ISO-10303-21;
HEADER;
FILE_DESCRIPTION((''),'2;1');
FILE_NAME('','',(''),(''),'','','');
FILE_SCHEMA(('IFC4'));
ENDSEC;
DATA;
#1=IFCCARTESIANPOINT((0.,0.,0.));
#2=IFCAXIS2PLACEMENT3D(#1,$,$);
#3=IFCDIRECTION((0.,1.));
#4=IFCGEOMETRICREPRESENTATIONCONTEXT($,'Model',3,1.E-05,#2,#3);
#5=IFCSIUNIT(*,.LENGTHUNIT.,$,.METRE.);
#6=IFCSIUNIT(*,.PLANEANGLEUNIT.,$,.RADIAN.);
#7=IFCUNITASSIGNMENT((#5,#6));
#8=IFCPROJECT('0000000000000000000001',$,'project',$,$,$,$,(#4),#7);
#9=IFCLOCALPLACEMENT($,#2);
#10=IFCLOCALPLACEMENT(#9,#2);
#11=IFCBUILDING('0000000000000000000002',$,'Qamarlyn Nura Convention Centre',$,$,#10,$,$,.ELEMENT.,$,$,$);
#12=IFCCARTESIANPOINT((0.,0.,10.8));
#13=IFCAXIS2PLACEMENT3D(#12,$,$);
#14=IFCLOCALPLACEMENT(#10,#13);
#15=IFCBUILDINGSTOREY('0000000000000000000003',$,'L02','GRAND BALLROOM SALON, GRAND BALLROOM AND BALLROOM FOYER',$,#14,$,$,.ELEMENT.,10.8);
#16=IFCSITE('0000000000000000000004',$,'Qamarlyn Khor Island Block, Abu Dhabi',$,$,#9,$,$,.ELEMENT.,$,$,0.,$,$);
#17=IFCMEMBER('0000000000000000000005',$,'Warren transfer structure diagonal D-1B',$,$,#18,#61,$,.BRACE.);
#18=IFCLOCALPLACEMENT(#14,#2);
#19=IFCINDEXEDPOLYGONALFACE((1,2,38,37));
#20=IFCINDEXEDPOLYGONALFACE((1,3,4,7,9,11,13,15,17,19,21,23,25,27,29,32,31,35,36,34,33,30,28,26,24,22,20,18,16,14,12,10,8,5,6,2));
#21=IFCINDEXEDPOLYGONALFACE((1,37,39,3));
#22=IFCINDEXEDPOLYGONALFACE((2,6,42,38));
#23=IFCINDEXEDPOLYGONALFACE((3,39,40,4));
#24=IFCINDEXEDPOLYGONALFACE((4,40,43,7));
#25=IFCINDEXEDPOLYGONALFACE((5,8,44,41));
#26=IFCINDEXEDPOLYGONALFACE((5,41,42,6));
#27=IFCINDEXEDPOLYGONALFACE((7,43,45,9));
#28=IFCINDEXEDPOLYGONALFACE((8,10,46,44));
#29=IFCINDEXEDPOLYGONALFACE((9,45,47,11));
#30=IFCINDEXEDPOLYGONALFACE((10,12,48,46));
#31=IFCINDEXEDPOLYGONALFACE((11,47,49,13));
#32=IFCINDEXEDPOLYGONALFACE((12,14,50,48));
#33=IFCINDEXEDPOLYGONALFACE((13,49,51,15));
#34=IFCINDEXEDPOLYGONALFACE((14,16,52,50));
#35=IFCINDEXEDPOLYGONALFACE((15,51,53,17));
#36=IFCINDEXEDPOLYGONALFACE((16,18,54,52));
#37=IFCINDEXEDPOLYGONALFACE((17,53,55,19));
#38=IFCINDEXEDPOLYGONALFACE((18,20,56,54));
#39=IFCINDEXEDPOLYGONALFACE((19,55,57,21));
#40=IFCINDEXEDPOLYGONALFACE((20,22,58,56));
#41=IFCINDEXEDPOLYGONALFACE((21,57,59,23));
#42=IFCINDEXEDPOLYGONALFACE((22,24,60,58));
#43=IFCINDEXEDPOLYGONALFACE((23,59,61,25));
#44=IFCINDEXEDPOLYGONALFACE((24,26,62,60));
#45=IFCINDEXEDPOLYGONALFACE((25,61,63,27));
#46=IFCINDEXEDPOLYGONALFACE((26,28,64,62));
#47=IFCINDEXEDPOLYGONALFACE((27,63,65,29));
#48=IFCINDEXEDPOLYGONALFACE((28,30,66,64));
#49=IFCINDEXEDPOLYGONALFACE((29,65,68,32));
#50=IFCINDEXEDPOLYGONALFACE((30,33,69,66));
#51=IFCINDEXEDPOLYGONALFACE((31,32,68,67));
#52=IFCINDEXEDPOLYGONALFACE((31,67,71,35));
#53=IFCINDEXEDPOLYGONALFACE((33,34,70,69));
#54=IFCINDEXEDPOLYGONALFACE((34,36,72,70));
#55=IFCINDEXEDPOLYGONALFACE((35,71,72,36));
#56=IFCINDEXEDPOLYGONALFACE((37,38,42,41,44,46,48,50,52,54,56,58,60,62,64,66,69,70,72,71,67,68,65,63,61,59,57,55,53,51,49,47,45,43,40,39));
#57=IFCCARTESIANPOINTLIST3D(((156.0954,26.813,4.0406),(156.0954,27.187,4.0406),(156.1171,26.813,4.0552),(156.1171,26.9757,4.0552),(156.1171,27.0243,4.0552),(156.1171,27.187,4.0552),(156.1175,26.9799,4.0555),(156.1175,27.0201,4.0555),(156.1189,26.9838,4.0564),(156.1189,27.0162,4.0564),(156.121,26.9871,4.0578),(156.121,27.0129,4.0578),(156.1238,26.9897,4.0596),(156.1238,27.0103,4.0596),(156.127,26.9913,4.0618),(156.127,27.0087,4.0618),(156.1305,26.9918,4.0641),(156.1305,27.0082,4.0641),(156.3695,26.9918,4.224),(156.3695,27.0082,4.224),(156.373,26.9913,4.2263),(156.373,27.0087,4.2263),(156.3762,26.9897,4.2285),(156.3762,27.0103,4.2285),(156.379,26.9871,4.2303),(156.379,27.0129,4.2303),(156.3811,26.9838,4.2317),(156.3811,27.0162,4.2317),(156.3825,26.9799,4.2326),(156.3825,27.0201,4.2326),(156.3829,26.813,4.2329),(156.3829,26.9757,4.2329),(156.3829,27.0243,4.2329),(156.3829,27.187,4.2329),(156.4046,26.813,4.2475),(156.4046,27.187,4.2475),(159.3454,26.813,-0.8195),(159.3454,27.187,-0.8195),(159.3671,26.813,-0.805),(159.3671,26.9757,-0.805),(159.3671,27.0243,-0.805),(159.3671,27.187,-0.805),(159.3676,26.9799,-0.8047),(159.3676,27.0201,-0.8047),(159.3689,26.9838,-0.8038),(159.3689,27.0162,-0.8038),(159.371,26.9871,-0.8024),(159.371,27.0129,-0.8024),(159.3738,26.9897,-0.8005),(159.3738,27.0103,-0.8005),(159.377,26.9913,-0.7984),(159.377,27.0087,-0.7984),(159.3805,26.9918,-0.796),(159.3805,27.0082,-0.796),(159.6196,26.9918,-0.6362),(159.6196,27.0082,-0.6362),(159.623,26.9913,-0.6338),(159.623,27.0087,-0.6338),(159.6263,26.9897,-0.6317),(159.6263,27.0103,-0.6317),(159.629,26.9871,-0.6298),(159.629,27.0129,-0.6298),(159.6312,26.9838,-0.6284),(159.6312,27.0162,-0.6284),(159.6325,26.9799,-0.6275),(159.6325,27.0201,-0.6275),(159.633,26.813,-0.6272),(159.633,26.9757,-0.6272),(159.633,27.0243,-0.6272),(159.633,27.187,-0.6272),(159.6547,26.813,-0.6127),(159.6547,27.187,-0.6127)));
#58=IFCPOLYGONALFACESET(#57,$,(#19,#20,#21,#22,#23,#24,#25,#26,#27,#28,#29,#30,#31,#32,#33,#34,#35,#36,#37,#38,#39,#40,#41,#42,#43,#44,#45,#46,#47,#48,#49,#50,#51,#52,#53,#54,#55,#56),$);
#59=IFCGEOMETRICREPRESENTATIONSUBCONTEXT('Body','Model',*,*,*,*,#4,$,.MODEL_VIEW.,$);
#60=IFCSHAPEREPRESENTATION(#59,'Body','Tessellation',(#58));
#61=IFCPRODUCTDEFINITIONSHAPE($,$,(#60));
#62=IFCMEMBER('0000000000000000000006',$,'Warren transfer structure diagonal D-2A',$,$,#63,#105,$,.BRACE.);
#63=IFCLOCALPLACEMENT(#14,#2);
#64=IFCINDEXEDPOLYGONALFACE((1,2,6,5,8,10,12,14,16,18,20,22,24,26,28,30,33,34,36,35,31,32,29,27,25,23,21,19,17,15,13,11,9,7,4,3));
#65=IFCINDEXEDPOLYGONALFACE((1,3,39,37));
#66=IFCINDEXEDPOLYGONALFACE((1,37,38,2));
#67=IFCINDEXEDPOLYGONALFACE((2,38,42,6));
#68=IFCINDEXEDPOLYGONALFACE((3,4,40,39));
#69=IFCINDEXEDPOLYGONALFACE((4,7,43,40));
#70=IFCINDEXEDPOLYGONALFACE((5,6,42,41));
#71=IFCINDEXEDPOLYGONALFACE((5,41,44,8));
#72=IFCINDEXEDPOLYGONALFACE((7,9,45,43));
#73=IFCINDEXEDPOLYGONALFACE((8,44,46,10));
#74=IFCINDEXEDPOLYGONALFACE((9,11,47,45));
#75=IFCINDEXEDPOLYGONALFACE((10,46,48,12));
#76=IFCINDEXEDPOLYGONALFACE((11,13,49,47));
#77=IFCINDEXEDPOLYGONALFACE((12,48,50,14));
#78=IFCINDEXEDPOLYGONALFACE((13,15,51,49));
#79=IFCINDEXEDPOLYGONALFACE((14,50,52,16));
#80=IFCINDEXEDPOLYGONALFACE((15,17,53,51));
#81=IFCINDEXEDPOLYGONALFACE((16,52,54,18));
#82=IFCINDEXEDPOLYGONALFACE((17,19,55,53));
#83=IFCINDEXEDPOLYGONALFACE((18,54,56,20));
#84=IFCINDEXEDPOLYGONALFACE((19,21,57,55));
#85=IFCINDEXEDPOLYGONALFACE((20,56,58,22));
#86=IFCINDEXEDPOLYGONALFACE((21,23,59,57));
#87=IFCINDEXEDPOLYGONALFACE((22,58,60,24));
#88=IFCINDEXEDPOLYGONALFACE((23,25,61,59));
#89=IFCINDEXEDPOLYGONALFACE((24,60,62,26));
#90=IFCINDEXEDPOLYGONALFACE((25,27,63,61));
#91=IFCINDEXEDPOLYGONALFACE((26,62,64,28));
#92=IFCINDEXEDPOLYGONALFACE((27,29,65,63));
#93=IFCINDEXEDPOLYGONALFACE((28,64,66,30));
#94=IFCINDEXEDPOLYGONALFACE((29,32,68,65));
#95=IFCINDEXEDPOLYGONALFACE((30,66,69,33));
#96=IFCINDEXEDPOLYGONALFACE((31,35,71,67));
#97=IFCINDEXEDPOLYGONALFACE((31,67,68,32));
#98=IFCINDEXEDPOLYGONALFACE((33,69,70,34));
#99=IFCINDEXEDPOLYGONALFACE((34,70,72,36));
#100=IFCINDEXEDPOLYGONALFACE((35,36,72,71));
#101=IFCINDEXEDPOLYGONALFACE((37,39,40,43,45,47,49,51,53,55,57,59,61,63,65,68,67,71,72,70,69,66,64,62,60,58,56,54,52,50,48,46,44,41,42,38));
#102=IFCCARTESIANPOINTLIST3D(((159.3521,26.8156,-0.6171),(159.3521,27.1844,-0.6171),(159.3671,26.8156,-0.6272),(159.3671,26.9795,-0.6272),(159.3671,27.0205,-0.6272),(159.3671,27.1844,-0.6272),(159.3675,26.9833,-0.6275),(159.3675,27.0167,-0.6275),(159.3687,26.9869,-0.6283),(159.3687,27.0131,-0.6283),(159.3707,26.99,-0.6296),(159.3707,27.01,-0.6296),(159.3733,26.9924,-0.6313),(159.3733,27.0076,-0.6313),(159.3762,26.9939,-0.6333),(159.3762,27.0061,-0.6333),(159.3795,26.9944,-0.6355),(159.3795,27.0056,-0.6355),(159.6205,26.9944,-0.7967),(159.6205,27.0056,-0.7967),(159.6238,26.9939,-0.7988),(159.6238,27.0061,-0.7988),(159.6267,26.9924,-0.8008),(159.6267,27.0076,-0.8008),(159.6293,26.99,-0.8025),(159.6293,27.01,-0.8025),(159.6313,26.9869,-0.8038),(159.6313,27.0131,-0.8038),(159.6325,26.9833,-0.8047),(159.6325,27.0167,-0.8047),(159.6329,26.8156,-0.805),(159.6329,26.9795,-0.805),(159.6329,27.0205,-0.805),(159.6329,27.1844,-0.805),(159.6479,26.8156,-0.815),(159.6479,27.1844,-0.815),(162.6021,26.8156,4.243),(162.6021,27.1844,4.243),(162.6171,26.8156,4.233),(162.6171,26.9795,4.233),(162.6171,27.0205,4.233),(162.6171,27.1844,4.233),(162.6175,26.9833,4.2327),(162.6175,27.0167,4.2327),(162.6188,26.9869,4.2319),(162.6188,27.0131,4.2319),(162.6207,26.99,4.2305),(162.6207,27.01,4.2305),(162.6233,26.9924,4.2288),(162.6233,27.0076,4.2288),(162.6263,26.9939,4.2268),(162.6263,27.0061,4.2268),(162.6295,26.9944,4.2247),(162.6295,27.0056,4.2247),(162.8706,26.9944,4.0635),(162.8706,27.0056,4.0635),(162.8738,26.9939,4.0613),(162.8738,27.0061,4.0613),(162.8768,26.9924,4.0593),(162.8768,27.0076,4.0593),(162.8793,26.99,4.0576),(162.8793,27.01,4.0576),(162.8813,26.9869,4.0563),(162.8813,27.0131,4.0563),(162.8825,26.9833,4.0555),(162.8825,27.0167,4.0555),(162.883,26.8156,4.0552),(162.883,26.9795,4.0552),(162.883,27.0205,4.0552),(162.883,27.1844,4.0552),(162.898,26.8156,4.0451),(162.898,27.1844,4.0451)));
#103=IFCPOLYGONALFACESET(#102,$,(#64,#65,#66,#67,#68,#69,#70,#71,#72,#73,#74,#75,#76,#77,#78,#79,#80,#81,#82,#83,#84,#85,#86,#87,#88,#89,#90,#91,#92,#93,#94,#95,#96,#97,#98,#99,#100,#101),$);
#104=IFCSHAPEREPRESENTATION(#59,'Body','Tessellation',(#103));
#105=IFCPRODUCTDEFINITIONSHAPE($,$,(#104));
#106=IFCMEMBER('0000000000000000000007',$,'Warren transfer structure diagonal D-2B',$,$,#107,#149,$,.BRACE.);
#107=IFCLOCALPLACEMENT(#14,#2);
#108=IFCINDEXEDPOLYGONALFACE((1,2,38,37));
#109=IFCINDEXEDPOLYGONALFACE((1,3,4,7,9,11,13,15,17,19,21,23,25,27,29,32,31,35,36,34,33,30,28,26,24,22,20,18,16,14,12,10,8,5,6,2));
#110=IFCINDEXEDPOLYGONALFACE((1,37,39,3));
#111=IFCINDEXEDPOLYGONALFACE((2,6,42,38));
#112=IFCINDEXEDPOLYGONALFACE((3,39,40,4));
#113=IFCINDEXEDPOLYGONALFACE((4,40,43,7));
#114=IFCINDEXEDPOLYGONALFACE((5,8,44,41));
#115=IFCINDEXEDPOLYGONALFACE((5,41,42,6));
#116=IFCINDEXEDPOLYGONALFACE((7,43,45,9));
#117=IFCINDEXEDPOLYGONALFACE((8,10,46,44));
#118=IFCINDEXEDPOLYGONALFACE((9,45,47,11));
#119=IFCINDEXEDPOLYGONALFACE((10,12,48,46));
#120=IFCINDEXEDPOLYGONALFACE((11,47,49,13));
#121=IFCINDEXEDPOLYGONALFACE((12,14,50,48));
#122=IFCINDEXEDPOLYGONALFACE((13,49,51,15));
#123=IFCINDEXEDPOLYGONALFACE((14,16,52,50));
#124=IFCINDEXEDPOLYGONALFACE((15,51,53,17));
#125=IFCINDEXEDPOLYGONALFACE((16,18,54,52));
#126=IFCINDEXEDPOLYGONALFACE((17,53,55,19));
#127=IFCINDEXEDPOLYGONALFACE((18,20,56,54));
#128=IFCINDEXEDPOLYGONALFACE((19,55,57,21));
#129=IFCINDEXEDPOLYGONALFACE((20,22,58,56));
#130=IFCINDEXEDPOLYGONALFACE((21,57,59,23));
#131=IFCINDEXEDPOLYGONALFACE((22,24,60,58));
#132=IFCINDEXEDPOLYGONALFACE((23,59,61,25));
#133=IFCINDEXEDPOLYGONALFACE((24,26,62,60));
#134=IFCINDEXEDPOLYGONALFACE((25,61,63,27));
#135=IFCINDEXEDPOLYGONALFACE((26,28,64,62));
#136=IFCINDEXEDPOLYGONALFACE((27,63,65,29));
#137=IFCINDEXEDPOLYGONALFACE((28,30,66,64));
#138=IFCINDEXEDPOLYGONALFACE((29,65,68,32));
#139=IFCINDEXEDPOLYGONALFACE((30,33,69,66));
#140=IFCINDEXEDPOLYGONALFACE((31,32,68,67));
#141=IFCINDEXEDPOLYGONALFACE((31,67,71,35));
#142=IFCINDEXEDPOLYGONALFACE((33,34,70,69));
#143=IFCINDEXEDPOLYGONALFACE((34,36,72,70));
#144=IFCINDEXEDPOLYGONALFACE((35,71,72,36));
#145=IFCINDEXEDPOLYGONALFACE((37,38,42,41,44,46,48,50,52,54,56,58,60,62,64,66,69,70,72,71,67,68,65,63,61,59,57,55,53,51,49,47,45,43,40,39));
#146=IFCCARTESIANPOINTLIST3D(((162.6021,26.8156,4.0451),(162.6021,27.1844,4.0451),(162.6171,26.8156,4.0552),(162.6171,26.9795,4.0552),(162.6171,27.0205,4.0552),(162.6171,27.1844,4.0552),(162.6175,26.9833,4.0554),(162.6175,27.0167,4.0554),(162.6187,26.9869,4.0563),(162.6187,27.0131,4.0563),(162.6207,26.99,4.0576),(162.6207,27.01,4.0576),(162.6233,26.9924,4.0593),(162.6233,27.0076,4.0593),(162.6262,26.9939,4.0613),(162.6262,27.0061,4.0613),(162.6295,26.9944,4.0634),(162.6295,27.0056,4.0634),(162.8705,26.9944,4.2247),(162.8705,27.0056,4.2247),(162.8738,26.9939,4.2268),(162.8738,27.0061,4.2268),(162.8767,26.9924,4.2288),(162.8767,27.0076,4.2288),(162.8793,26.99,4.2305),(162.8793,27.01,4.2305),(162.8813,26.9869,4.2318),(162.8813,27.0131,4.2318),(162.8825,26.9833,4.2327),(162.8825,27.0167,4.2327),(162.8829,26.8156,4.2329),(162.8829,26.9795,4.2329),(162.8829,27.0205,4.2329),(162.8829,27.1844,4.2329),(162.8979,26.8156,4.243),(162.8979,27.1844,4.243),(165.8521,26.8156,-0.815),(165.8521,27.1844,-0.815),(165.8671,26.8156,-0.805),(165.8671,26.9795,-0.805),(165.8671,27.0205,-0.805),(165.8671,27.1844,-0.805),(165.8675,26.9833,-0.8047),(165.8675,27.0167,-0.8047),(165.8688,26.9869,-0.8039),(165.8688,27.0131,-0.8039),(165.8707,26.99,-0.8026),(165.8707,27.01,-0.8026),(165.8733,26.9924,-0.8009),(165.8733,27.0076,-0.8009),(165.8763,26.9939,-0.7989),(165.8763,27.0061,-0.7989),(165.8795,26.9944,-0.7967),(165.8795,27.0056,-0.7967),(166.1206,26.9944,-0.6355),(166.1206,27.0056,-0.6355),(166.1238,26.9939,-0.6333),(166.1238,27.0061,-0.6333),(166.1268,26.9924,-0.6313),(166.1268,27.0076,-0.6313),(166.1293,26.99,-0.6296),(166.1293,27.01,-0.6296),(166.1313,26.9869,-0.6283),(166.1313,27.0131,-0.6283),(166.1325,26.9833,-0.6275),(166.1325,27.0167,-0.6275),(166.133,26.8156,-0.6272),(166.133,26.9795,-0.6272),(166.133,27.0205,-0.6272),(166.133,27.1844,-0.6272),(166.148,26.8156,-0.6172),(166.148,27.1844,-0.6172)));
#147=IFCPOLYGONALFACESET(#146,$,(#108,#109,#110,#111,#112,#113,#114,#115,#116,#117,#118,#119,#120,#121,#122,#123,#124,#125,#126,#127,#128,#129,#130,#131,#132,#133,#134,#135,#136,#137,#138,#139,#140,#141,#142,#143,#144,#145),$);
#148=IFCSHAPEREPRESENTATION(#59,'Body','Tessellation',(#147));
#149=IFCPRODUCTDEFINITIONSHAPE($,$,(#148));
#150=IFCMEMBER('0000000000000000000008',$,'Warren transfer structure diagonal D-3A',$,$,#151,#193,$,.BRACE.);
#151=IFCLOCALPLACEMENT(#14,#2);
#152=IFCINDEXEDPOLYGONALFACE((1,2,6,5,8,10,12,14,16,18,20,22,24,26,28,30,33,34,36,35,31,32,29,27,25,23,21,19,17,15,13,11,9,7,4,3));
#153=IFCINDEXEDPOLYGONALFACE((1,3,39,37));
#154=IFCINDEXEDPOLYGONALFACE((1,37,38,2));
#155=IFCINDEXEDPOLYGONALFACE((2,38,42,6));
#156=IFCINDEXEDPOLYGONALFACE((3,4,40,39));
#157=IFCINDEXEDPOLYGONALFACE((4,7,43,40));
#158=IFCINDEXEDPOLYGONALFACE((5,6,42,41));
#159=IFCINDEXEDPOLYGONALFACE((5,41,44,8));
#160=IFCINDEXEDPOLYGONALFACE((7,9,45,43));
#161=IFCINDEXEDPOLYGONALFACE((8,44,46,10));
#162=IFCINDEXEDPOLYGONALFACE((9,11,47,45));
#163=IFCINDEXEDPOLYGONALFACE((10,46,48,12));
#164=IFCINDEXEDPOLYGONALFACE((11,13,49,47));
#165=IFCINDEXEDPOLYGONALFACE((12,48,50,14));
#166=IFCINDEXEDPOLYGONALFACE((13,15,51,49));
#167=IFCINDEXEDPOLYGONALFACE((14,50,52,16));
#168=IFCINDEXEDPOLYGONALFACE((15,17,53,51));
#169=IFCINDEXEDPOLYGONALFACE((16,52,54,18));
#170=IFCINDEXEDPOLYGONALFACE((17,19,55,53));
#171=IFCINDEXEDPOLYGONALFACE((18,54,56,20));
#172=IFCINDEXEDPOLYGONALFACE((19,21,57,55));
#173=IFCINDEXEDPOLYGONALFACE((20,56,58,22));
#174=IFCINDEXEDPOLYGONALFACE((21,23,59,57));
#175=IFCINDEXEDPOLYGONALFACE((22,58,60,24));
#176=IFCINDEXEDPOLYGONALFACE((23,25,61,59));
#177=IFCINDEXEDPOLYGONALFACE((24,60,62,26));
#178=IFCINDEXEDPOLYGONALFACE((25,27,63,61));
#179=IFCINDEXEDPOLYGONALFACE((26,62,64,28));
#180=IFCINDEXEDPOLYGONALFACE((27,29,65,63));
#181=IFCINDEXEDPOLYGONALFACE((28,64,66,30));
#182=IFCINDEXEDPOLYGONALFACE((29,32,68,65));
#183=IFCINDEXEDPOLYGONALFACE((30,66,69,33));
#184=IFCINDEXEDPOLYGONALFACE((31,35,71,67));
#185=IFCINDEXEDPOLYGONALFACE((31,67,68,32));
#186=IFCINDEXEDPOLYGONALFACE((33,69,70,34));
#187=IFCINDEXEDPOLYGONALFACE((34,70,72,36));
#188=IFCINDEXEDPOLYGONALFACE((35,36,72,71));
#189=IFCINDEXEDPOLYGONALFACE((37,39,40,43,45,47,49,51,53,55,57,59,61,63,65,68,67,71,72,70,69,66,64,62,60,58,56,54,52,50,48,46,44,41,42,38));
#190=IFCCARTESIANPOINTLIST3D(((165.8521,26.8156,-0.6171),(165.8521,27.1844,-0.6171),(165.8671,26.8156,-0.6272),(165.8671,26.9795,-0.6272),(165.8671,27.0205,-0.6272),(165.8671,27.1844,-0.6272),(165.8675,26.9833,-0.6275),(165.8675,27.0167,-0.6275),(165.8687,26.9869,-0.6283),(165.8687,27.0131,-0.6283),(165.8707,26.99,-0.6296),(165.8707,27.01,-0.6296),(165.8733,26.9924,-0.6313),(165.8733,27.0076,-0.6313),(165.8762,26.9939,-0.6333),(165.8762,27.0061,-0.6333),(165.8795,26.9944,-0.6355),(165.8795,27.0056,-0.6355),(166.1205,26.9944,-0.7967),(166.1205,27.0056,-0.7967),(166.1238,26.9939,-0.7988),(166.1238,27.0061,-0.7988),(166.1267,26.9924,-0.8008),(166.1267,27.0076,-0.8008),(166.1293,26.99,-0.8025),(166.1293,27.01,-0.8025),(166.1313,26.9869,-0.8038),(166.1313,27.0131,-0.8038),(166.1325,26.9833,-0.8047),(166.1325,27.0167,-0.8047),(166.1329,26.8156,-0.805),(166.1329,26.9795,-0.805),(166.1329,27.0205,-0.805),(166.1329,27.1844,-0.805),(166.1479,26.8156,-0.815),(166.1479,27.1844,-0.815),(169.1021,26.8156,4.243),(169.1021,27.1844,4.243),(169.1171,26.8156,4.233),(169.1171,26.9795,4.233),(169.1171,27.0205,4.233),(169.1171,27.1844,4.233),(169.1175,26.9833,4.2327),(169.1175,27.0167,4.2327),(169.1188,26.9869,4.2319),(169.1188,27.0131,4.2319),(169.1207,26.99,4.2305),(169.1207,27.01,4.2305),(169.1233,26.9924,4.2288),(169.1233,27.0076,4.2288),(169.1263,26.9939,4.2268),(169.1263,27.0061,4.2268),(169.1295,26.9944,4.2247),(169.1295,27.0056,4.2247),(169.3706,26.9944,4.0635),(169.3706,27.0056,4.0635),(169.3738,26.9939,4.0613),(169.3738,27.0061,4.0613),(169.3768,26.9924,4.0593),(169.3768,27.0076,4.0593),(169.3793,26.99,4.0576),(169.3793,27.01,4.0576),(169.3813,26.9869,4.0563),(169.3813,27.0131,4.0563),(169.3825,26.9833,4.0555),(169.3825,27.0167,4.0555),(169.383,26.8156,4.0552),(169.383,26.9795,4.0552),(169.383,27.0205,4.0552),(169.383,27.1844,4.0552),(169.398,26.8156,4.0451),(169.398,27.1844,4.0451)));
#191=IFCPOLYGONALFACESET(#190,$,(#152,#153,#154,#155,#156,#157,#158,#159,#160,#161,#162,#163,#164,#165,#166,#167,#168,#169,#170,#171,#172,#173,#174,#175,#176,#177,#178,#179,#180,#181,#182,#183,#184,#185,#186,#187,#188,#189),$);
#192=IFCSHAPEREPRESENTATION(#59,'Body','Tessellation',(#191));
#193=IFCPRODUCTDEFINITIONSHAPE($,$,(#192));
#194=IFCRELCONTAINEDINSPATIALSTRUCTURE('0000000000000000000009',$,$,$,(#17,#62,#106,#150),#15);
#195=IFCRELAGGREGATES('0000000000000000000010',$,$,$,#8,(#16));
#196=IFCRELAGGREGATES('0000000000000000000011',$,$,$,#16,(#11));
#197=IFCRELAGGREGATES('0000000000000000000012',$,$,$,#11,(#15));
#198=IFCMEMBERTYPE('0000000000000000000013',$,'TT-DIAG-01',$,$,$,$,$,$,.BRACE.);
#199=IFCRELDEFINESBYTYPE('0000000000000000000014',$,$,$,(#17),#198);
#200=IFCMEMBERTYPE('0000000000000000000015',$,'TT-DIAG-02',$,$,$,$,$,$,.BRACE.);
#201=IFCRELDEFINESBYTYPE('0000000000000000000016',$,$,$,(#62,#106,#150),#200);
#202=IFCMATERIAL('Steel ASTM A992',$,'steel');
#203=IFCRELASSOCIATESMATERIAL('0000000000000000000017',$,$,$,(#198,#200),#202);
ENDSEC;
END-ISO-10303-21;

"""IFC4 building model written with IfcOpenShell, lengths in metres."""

from ifc_helpers import new_model, si_unit, direction, frame, origin, origin_2d, place, context, subcontext, project, spatial, i_section, extrude, material, material_profile, profile_set, type_object, element, save


model = new_model("IFC4")

# Units and contexts
model_context = context("Model", 3, precision=1e-05, world=origin(), true_north=direction((0.0, 1.0)))
body_context = subcontext(model_context, "Body", "Model", "MODEL_VIEW")
ifc_project = project(units=[si_unit("LENGTHUNIT", "METRE"), si_unit("PLANEANGLEUNIT", "RADIAN")], contexts=[model_context])

# Site, building, storey
site_placement = place(None, origin())
site = spatial("IfcSite", under=ifc_project, at=site_placement, Name="Qamarlyn Khor Island Block, Abu Dhabi", CompositionType="ELEMENT", RefElevation=0.0)
building_placement = place(site_placement, origin())
building = spatial("IfcBuilding", under=site, at=building_placement, Name="Qamarlyn Nura Convention Centre", CompositionType="ELEMENT")
storey_placement = place(building_placement, frame((0.0, 0.0, 10.8)))
storey = spatial("IfcBuildingStorey", under=building, at=storey_placement, Name="L02", Description="GRAND BALLROOM SALON, GRAND BALLROOM AND BALLROOM FOYER", CompositionType="ELEMENT", Elevation=10.8)

# Shared definitions
ifc_material_1 = material(Name="Steel ASTM A992", Category="steel")

# Members
ifc_material_profile_1 = material_profile(ifc_material_1, i_section(OverallWidth=0.374, OverallDepth=0.3721, WebThickness=0.0164, FlangeThickness=0.0261, FilletRadius=0.0161, at=origin_2d()), Name="W360X196")
ifc_profile_set_1 = profile_set([ifc_material_profile_1], Name="Steel ASTM A992")
member_type_1 = type_object("IfcMemberType", Name="TT-DIAG-01", PredefinedType="BRACE", material=ifc_profile_set_1)
member_placement = place(storey_placement, frame((156.25, 27.0, 4.144), z_axis=(0.555875, 0.0, -0.831266), x_axis=(0.0, 1.0, 0.0)))
element("IfcMember", 1, at=member_placement, inside=storey, type_object=member_type_1, Name="Warren transfer structure diagonal D-1B", PredefinedType="BRACE", context=body_context, shape_type="SweptSolid", body=[
    extrude(i_section(OverallWidth=0.374, OverallDepth=0.3721, WebThickness=0.0164, FlangeThickness=0.0261, FilletRadius=0.0161, at=origin_2d()), origin(), (0.0, 0.0, 1.0), 5.8467),
])
ifc_material_profile_2 = material_profile(ifc_material_1, i_section(OverallWidth=0.3689, OverallDepth=0.356, WebThickness=0.0112, FlangeThickness=0.0181, FilletRadius=0.0149, at=origin_2d()), Name="W360X134")
ifc_profile_set_2 = profile_set([ifc_material_profile_2], Name="Steel ASTM A992")
member_type_2 = type_object("IfcMemberType", Name="TT-DIAG-02", PredefinedType="BRACE", material=ifc_profile_set_2)
for number, where, z_axis, x_axis, name in (
    (2, (159.5, 27.0, -0.7161), (0.555875, 0.0, 0.831266), (0.0, 1.0, 0.0), "Warren transfer structure diagonal D-2A"),
    (3, (162.75, 27.0, 4.144), (0.555875, 0.0, -0.831266), (0.0, 1.0, 0.0), "Warren transfer structure diagonal D-2B"),
    (4, (166.0, 27.0, -0.7161), (0.555875, 0.0, 0.831266), (0.0, 1.0, 0.0), "Warren transfer structure diagonal D-3A"),
):
    element("IfcMember", number, at=place(storey_placement, frame(where, z_axis=z_axis, x_axis=x_axis)), inside=storey, type_object=member_type_2, Name=name, PredefinedType="BRACE", context=body_context, shape_type="SweptSolid", body=[
        extrude(i_section(OverallWidth=0.3689, OverallDepth=0.356, WebThickness=0.0112, FlangeThickness=0.0181, FilletRadius=0.0149, at=origin_2d()), origin(), (0.0, 0.0, 1.0), 5.8467),
    ])

save(model, "model.ifc")
